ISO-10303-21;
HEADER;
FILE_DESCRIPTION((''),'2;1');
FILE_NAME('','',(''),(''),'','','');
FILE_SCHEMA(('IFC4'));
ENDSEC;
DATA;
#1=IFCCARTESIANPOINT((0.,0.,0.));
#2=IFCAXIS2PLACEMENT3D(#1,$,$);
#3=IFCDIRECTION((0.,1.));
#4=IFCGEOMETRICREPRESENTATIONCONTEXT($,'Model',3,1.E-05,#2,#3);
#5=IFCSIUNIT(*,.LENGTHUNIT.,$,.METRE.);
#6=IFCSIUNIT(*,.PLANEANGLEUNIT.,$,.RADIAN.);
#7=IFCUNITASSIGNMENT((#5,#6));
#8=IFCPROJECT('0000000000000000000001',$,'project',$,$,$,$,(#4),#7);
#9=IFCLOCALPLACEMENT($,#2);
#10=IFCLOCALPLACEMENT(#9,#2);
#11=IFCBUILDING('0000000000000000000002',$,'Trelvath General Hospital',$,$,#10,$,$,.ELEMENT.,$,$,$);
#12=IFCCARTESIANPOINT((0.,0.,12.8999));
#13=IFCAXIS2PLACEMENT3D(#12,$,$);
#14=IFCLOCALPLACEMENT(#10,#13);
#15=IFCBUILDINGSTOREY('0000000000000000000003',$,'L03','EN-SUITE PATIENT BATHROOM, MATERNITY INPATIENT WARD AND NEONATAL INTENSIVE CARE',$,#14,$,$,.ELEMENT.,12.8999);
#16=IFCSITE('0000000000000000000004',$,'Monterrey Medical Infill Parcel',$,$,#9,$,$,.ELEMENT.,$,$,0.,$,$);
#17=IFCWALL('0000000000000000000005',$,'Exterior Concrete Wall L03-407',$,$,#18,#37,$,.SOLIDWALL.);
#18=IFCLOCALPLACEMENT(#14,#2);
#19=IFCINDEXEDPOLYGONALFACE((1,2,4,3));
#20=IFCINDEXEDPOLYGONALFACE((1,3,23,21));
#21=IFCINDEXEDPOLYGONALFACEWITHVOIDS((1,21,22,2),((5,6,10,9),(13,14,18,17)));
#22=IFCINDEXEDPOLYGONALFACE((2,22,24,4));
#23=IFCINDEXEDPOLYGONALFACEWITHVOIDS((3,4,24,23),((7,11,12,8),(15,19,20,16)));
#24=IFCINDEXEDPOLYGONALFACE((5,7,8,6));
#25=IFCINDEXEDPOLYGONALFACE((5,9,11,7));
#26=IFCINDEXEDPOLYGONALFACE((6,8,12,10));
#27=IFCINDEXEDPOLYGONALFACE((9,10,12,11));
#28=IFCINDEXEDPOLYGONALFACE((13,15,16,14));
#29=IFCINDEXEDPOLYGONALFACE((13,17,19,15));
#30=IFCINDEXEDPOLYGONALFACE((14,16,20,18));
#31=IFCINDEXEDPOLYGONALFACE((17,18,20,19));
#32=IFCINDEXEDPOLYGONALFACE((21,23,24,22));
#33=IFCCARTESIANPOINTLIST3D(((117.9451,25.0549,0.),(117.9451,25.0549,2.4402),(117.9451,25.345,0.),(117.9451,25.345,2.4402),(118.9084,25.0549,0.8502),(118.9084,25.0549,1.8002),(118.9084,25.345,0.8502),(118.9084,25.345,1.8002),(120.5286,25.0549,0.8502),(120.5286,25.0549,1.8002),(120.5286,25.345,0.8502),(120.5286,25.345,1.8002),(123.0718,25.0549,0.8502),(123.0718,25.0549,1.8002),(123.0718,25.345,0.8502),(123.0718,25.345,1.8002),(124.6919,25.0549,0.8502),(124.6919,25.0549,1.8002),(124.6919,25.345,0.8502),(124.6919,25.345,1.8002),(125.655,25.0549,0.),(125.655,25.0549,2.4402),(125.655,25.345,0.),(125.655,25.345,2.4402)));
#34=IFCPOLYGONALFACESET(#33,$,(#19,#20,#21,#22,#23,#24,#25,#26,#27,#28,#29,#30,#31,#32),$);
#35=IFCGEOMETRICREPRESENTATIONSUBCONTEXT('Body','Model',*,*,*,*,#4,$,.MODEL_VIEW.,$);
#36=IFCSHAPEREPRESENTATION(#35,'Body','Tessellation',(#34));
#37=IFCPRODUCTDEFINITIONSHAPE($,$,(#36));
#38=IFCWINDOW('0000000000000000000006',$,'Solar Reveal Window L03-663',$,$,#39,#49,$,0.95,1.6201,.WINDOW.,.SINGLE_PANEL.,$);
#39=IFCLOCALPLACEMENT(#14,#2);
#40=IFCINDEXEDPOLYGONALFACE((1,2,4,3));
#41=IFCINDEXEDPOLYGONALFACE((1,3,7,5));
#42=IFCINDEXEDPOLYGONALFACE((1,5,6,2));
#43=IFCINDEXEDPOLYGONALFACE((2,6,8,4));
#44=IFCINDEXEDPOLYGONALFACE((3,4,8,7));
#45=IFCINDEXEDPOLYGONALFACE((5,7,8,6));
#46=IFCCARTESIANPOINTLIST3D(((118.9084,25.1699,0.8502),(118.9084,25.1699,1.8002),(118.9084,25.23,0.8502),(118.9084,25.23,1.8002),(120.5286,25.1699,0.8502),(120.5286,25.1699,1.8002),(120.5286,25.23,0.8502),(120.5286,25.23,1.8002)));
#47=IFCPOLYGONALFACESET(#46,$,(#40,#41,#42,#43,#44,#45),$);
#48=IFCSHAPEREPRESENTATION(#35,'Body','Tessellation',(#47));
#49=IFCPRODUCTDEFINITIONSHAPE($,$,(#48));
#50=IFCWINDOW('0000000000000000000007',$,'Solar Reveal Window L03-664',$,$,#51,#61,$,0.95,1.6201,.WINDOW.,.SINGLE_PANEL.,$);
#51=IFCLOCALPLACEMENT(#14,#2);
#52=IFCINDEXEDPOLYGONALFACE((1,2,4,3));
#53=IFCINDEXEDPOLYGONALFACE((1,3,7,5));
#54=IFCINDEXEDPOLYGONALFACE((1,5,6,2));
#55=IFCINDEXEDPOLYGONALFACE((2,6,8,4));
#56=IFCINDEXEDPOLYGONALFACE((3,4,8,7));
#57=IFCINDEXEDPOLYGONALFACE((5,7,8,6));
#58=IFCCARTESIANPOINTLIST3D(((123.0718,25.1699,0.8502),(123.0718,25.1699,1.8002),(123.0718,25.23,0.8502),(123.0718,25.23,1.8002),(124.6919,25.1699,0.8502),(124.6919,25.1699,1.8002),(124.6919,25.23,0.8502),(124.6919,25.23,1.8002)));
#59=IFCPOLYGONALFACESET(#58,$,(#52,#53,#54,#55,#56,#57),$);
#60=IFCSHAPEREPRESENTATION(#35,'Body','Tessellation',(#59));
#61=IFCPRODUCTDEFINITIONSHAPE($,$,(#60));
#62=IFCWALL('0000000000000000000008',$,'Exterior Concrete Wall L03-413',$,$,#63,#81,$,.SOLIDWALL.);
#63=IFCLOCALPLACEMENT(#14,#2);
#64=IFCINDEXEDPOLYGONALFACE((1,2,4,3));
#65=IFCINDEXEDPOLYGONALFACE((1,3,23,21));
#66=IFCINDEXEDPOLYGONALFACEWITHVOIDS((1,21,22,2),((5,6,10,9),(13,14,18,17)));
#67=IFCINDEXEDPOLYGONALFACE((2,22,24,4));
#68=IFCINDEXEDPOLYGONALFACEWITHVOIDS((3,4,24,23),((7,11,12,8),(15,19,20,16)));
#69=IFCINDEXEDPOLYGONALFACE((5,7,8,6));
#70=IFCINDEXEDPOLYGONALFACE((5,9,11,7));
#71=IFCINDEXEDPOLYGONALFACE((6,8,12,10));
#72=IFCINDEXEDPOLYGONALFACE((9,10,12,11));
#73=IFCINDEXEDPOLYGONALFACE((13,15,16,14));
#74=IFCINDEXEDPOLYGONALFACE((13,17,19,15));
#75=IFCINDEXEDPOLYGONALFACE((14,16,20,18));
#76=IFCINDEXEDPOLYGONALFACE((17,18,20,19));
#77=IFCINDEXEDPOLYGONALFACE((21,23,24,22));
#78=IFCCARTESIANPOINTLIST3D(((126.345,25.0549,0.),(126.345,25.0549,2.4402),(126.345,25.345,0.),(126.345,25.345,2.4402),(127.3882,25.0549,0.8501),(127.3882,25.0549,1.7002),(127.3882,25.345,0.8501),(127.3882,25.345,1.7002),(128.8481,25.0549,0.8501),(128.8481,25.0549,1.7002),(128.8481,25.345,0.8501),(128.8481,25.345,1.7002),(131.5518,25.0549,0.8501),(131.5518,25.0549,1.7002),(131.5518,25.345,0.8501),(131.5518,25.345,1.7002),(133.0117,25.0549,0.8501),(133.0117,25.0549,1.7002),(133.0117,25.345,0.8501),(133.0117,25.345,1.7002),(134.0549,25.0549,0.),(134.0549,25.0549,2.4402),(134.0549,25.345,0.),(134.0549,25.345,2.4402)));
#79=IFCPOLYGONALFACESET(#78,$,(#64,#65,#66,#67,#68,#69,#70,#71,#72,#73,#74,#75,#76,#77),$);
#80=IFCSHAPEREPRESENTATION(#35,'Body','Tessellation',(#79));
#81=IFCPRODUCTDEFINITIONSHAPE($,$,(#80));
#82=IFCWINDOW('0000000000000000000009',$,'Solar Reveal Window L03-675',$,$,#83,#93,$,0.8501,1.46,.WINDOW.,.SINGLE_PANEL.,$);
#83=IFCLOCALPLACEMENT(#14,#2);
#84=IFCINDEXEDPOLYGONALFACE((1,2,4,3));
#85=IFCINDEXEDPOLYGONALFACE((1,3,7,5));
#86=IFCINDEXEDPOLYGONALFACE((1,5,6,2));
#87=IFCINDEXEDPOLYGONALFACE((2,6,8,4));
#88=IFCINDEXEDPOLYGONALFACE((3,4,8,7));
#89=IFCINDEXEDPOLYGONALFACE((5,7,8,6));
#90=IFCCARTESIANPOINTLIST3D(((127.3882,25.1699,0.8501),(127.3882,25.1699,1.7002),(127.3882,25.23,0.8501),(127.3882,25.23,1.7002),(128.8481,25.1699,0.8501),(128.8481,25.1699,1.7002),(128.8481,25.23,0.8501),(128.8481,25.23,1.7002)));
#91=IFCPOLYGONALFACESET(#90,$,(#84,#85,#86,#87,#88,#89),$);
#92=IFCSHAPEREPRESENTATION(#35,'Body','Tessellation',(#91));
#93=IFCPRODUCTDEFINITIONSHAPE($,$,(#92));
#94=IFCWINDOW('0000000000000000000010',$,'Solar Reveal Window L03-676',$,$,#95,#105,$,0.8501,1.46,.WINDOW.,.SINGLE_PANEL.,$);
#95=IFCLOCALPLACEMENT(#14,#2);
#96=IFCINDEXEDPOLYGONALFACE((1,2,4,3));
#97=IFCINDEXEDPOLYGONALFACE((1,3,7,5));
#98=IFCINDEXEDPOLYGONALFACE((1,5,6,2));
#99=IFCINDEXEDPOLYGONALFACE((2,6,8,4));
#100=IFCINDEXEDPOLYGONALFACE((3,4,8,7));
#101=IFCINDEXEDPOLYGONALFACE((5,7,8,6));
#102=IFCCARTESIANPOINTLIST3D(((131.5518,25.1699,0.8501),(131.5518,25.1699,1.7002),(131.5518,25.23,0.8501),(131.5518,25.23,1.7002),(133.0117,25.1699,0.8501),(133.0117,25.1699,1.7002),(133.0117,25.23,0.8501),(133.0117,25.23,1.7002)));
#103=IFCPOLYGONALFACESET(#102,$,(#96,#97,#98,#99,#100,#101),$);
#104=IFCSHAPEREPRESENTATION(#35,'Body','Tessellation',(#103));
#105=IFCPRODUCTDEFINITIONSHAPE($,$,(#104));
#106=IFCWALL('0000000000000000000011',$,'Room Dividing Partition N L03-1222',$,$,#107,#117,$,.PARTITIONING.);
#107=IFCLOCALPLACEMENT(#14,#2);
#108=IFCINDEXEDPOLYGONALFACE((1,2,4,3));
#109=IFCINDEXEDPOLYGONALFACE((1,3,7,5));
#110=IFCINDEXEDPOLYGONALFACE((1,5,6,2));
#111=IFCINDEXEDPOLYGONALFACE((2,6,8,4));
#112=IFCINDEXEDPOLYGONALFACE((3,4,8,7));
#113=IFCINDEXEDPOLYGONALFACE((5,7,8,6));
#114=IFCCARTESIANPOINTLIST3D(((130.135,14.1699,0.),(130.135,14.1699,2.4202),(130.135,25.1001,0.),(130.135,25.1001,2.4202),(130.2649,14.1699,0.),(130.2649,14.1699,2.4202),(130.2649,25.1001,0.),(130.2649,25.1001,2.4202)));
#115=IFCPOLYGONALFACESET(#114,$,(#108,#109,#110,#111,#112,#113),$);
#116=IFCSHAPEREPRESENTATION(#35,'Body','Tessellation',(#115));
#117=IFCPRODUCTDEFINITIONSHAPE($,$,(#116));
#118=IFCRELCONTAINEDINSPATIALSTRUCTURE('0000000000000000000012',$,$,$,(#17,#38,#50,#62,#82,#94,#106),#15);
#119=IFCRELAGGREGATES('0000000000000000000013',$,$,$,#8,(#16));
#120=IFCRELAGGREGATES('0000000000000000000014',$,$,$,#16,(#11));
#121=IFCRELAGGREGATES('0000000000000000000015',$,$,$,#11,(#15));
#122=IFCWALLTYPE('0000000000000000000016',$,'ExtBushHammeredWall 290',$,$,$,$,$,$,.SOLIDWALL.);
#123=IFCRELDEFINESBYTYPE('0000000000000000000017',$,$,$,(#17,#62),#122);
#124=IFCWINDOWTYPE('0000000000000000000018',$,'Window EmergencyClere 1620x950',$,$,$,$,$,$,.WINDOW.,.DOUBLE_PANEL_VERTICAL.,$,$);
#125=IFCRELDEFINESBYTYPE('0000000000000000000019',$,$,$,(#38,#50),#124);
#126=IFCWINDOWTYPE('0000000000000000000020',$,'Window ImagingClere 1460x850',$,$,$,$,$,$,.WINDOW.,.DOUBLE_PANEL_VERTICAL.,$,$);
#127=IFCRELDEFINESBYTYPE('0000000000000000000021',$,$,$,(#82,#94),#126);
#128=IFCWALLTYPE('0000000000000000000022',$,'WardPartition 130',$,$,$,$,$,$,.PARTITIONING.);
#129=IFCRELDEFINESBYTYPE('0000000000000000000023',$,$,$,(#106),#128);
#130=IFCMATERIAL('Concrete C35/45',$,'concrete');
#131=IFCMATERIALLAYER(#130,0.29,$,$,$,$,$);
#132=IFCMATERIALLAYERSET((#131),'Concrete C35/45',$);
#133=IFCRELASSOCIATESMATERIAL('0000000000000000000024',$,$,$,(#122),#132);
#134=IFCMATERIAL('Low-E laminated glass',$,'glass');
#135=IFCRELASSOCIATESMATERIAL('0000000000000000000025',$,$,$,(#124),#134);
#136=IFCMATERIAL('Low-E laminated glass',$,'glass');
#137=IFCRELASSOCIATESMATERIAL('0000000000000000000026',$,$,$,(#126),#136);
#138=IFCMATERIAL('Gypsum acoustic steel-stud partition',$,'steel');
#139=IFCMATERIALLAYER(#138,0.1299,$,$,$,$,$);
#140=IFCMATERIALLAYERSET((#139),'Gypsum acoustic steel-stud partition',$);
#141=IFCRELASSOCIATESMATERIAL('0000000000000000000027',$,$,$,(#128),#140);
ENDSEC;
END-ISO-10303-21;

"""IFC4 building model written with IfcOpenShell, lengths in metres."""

from ifc_helpers import new_model, si_unit, direction, frame, frame_2d, origin, place, context, subcontext, project, spatial, rectangle, extrude, material, layer, layer_set, type_object, element, fill, save


model = new_model("IFC4")

# Units and contexts
model_context = context("Model", 3, precision=1e-05, world=origin(), true_north=direction((0.0, 1.0)))
body_context = subcontext(model_context, "Body", "Model", "MODEL_VIEW")
ifc_project = project(units=[si_unit("LENGTHUNIT", "METRE"), si_unit("PLANEANGLEUNIT", "RADIAN")], contexts=[model_context])

# Site, building, storey
site_placement = place(None, origin())
site = spatial("IfcSite", under=ifc_project, at=site_placement, Name="Monterrey Medical Infill Parcel", CompositionType="ELEMENT", RefElevation=0.0)
building_placement = place(site_placement, origin())
building = spatial("IfcBuilding", under=site, at=building_placement, Name="Trelvath General Hospital", CompositionType="ELEMENT")
storey_placement = place(building_placement, frame((0.0, 0.0, 12.8999)))
storey = spatial("IfcBuildingStorey", under=building, at=storey_placement, Name="L03", Description="EN-SUITE PATIENT BATHROOM, MATERNITY INPATIENT WARD AND NEONATAL INTENSIVE CARE", CompositionType="ELEMENT", Elevation=12.8999)

# Walls, openings, windows
ifc_material_1 = material(Name="Concrete C35/45", Category="concrete")
ifc_layer_1 = layer(ifc_material_1, 0.29)
ifc_layer_set_1 = layer_set([ifc_layer_1], Name="Concrete C35/45")
wall_type_1 = type_object("IfcWallType", Name="ExtBushHammeredWall 290", PredefinedType="SOLIDWALL", material=ifc_layer_set_1)
wall_1_placement = place(storey_placement, frame((117.9451, 25.2, 0.0), z_axis=(0.0, 0.0, 1.0), x_axis=(1.0, 0.0, 0.0)))
wall_1 = element("IfcWall", 1, at=wall_1_placement, inside=storey, type_object=wall_type_1, Name="Exterior Concrete Wall L03-407", PredefinedType="SOLIDWALL", context=body_context, shape_type="SweptSolid", body=[
    extrude(rectangle(XDim=7.71, YDim=0.29, at=frame_2d((3.855, 0.0))), origin(), (0.0, 0.0, 1.0), 2.4402),
])
opening_1_placement = place(wall_1_placement, frame((0.9634, 0.0, 0.8501)))
opening_1 = element("IfcOpeningElement", 2, at=opening_1_placement, cuts=wall_1, PredefinedType="OPENING", context=body_context, shape_type="SweptSolid", body=[
    extrude(rectangle(XDim=1.6201, YDim=0.95, at=frame_2d((0.8101, 0.4751))), frame((0.0, 0.155, 0.0), z_axis=(0.0, -1.0, 0.0), x_axis=(1.0, 0.0, 0.0)), (0.0, 0.0, 1.0), 0.3101),
])
opening_2_placement = place(wall_1_placement, frame((5.1267, 0.0, 0.8501)))
opening_2 = element("IfcOpeningElement", 3, at=opening_2_placement, cuts=wall_1, PredefinedType="OPENING", context=body_context, shape_type="SweptSolid", body=[
    extrude(rectangle(XDim=1.6201, YDim=0.95, at=frame_2d((0.8101, 0.4751))), frame((0.0, 0.155, 0.0), z_axis=(0.0, -1.0, 0.0), x_axis=(1.0, 0.0, 0.0)), (0.0, 0.0, 1.0), 0.3101),
])
ifc_material_2 = material(Name="Low-E laminated glass", Category="glass")
window_type_1 = type_object("IfcWindowType", Name="Window EmergencyClere 1620x950", PartitioningType="DOUBLE_PANEL_VERTICAL", PredefinedType="WINDOW", material=ifc_material_2)
window_1_placement = place(opening_1_placement, origin())
window_1 = element("IfcWindow", 4, at=window_1_placement, inside=storey, type_object=window_type_1, Name="Solar Reveal Window L03-663", OverallHeight=0.95, OverallWidth=1.6201, PartitioningType="SINGLE_PANEL", PredefinedType="WINDOW", context=body_context, shape_type="SweptSolid", body=[
    extrude(rectangle(XDim=1.6201, YDim=0.95, at=frame_2d((0.8101, 0.4751))), frame((0.0, 0.03, 0.0), z_axis=(0.0, -1.0, 0.0), x_axis=(1.0, 0.0, 0.0)), (0.0, 0.0, 1.0), 0.0601),
])
fill(opening_1, window_1)
window_2_placement = place(opening_2_placement, origin())
window_2 = element("IfcWindow", 5, at=window_2_placement, inside=storey, type_object=window_type_1, Name="Solar Reveal Window L03-664", OverallHeight=0.95, OverallWidth=1.6201, PartitioningType="SINGLE_PANEL", PredefinedType="WINDOW", context=body_context, shape_type="SweptSolid", body=[
    extrude(rectangle(XDim=1.6201, YDim=0.95, at=frame_2d((0.8101, 0.4751))), frame((0.0, 0.03, 0.0), z_axis=(0.0, -1.0, 0.0), x_axis=(1.0, 0.0, 0.0)), (0.0, 0.0, 1.0), 0.0601),
])
fill(opening_2, window_2)
wall_2_placement = place(storey_placement, frame((126.345, 25.2, 0.0), z_axis=(0.0, 0.0, 1.0), x_axis=(1.0, 0.0, 0.0)))
wall_2 = element("IfcWall", 6, at=wall_2_placement, inside=storey, type_object=wall_type_1, Name="Exterior Concrete Wall L03-413", PredefinedType="SOLIDWALL", context=body_context, shape_type="SweptSolid", body=[
    extrude(rectangle(XDim=7.71, YDim=0.29, at=frame_2d((3.855, 0.0))), origin(), (0.0, 0.0, 1.0), 2.4402),
])
opening_3_placement = place(wall_2_placement, frame((1.0432, 0.0, 0.8501)))
opening_3 = element("IfcOpeningElement", 7, at=opening_3_placement, cuts=wall_2, PredefinedType="OPENING", context=body_context, shape_type="SweptSolid", body=[
    extrude(rectangle(XDim=1.46, YDim=0.8501, at=frame_2d((0.73, 0.425))), frame((0.0, 0.155, 0.0), z_axis=(0.0, -1.0, 0.0), x_axis=(1.0, 0.0, 0.0)), (0.0, 0.0, 1.0), 0.3101),
])
opening_4_placement = place(wall_2_placement, frame((5.2068, 0.0, 0.8501)))
opening_4 = element("IfcOpeningElement", 8, at=opening_4_placement, cuts=wall_2, PredefinedType="OPENING", context=body_context, shape_type="SweptSolid", body=[
    extrude(rectangle(XDim=1.46, YDim=0.8501, at=frame_2d((0.73, 0.425))), frame((0.0, 0.155, 0.0), z_axis=(0.0, -1.0, 0.0), x_axis=(1.0, 0.0, 0.0)), (0.0, 0.0, 1.0), 0.3101),
])
ifc_material_3 = material(Name="Low-E laminated glass", Category="glass")
window_type_2 = type_object("IfcWindowType", Name="Window ImagingClere 1460x850", PartitioningType="DOUBLE_PANEL_VERTICAL", PredefinedType="WINDOW", material=ifc_material_3)
window_3_placement = place(opening_3_placement, origin())
window_3 = element("IfcWindow", 9, at=window_3_placement, inside=storey, type_object=window_type_2, Name="Solar Reveal Window L03-675", OverallHeight=0.8501, OverallWidth=1.46, PartitioningType="SINGLE_PANEL", PredefinedType="WINDOW", context=body_context, shape_type="SweptSolid", body=[
    extrude(rectangle(XDim=1.46, YDim=0.8501, at=frame_2d((0.73, 0.425))), frame((0.0, 0.03, 0.0), z_axis=(0.0, -1.0, 0.0), x_axis=(1.0, 0.0, 0.0)), (0.0, 0.0, 1.0), 0.0601),
])
fill(opening_3, window_3)
window_4_placement = place(opening_4_placement, origin())
window_4 = element("IfcWindow", 10, at=window_4_placement, inside=storey, type_object=window_type_2, Name="Solar Reveal Window L03-676", OverallHeight=0.8501, OverallWidth=1.46, PartitioningType="SINGLE_PANEL", PredefinedType="WINDOW", context=body_context, shape_type="SweptSolid", body=[
    extrude(rectangle(XDim=1.46, YDim=0.8501, at=frame_2d((0.73, 0.425))), frame((0.0, 0.03, 0.0), z_axis=(0.0, -1.0, 0.0), x_axis=(1.0, 0.0, 0.0)), (0.0, 0.0, 1.0), 0.0601),
])
fill(opening_4, window_4)

# Wall
ifc_material_4 = material(Name="Gypsum acoustic steel-stud partition", Category="steel")
ifc_layer_2 = layer(ifc_material_4, 0.1299)
ifc_layer_set_2 = layer_set([ifc_layer_2], Name="Gypsum acoustic steel-stud partition")
wall_type_2 = type_object("IfcWallType", Name="WardPartition 130", PredefinedType="PARTITIONING", material=ifc_layer_set_2)
wall_3_placement = place(storey_placement, frame((130.2, 14.1699, 0.0), z_axis=(0.0, 0.0, 1.0), x_axis=(0.0, 1.0, 0.0)))
element("IfcWall", 11, at=wall_3_placement, inside=storey, type_object=wall_type_2, Name="Room Dividing Partition N L03-1222", PredefinedType="PARTITIONING", context=body_context, shape_type="SweptSolid", body=[
    extrude(rectangle(XDim=10.9302, YDim=0.1299, at=frame_2d((5.4651, 0.0))), origin(), (0.0, 0.0, 1.0), 2.4202),
])

save(model, "model.ifc")
